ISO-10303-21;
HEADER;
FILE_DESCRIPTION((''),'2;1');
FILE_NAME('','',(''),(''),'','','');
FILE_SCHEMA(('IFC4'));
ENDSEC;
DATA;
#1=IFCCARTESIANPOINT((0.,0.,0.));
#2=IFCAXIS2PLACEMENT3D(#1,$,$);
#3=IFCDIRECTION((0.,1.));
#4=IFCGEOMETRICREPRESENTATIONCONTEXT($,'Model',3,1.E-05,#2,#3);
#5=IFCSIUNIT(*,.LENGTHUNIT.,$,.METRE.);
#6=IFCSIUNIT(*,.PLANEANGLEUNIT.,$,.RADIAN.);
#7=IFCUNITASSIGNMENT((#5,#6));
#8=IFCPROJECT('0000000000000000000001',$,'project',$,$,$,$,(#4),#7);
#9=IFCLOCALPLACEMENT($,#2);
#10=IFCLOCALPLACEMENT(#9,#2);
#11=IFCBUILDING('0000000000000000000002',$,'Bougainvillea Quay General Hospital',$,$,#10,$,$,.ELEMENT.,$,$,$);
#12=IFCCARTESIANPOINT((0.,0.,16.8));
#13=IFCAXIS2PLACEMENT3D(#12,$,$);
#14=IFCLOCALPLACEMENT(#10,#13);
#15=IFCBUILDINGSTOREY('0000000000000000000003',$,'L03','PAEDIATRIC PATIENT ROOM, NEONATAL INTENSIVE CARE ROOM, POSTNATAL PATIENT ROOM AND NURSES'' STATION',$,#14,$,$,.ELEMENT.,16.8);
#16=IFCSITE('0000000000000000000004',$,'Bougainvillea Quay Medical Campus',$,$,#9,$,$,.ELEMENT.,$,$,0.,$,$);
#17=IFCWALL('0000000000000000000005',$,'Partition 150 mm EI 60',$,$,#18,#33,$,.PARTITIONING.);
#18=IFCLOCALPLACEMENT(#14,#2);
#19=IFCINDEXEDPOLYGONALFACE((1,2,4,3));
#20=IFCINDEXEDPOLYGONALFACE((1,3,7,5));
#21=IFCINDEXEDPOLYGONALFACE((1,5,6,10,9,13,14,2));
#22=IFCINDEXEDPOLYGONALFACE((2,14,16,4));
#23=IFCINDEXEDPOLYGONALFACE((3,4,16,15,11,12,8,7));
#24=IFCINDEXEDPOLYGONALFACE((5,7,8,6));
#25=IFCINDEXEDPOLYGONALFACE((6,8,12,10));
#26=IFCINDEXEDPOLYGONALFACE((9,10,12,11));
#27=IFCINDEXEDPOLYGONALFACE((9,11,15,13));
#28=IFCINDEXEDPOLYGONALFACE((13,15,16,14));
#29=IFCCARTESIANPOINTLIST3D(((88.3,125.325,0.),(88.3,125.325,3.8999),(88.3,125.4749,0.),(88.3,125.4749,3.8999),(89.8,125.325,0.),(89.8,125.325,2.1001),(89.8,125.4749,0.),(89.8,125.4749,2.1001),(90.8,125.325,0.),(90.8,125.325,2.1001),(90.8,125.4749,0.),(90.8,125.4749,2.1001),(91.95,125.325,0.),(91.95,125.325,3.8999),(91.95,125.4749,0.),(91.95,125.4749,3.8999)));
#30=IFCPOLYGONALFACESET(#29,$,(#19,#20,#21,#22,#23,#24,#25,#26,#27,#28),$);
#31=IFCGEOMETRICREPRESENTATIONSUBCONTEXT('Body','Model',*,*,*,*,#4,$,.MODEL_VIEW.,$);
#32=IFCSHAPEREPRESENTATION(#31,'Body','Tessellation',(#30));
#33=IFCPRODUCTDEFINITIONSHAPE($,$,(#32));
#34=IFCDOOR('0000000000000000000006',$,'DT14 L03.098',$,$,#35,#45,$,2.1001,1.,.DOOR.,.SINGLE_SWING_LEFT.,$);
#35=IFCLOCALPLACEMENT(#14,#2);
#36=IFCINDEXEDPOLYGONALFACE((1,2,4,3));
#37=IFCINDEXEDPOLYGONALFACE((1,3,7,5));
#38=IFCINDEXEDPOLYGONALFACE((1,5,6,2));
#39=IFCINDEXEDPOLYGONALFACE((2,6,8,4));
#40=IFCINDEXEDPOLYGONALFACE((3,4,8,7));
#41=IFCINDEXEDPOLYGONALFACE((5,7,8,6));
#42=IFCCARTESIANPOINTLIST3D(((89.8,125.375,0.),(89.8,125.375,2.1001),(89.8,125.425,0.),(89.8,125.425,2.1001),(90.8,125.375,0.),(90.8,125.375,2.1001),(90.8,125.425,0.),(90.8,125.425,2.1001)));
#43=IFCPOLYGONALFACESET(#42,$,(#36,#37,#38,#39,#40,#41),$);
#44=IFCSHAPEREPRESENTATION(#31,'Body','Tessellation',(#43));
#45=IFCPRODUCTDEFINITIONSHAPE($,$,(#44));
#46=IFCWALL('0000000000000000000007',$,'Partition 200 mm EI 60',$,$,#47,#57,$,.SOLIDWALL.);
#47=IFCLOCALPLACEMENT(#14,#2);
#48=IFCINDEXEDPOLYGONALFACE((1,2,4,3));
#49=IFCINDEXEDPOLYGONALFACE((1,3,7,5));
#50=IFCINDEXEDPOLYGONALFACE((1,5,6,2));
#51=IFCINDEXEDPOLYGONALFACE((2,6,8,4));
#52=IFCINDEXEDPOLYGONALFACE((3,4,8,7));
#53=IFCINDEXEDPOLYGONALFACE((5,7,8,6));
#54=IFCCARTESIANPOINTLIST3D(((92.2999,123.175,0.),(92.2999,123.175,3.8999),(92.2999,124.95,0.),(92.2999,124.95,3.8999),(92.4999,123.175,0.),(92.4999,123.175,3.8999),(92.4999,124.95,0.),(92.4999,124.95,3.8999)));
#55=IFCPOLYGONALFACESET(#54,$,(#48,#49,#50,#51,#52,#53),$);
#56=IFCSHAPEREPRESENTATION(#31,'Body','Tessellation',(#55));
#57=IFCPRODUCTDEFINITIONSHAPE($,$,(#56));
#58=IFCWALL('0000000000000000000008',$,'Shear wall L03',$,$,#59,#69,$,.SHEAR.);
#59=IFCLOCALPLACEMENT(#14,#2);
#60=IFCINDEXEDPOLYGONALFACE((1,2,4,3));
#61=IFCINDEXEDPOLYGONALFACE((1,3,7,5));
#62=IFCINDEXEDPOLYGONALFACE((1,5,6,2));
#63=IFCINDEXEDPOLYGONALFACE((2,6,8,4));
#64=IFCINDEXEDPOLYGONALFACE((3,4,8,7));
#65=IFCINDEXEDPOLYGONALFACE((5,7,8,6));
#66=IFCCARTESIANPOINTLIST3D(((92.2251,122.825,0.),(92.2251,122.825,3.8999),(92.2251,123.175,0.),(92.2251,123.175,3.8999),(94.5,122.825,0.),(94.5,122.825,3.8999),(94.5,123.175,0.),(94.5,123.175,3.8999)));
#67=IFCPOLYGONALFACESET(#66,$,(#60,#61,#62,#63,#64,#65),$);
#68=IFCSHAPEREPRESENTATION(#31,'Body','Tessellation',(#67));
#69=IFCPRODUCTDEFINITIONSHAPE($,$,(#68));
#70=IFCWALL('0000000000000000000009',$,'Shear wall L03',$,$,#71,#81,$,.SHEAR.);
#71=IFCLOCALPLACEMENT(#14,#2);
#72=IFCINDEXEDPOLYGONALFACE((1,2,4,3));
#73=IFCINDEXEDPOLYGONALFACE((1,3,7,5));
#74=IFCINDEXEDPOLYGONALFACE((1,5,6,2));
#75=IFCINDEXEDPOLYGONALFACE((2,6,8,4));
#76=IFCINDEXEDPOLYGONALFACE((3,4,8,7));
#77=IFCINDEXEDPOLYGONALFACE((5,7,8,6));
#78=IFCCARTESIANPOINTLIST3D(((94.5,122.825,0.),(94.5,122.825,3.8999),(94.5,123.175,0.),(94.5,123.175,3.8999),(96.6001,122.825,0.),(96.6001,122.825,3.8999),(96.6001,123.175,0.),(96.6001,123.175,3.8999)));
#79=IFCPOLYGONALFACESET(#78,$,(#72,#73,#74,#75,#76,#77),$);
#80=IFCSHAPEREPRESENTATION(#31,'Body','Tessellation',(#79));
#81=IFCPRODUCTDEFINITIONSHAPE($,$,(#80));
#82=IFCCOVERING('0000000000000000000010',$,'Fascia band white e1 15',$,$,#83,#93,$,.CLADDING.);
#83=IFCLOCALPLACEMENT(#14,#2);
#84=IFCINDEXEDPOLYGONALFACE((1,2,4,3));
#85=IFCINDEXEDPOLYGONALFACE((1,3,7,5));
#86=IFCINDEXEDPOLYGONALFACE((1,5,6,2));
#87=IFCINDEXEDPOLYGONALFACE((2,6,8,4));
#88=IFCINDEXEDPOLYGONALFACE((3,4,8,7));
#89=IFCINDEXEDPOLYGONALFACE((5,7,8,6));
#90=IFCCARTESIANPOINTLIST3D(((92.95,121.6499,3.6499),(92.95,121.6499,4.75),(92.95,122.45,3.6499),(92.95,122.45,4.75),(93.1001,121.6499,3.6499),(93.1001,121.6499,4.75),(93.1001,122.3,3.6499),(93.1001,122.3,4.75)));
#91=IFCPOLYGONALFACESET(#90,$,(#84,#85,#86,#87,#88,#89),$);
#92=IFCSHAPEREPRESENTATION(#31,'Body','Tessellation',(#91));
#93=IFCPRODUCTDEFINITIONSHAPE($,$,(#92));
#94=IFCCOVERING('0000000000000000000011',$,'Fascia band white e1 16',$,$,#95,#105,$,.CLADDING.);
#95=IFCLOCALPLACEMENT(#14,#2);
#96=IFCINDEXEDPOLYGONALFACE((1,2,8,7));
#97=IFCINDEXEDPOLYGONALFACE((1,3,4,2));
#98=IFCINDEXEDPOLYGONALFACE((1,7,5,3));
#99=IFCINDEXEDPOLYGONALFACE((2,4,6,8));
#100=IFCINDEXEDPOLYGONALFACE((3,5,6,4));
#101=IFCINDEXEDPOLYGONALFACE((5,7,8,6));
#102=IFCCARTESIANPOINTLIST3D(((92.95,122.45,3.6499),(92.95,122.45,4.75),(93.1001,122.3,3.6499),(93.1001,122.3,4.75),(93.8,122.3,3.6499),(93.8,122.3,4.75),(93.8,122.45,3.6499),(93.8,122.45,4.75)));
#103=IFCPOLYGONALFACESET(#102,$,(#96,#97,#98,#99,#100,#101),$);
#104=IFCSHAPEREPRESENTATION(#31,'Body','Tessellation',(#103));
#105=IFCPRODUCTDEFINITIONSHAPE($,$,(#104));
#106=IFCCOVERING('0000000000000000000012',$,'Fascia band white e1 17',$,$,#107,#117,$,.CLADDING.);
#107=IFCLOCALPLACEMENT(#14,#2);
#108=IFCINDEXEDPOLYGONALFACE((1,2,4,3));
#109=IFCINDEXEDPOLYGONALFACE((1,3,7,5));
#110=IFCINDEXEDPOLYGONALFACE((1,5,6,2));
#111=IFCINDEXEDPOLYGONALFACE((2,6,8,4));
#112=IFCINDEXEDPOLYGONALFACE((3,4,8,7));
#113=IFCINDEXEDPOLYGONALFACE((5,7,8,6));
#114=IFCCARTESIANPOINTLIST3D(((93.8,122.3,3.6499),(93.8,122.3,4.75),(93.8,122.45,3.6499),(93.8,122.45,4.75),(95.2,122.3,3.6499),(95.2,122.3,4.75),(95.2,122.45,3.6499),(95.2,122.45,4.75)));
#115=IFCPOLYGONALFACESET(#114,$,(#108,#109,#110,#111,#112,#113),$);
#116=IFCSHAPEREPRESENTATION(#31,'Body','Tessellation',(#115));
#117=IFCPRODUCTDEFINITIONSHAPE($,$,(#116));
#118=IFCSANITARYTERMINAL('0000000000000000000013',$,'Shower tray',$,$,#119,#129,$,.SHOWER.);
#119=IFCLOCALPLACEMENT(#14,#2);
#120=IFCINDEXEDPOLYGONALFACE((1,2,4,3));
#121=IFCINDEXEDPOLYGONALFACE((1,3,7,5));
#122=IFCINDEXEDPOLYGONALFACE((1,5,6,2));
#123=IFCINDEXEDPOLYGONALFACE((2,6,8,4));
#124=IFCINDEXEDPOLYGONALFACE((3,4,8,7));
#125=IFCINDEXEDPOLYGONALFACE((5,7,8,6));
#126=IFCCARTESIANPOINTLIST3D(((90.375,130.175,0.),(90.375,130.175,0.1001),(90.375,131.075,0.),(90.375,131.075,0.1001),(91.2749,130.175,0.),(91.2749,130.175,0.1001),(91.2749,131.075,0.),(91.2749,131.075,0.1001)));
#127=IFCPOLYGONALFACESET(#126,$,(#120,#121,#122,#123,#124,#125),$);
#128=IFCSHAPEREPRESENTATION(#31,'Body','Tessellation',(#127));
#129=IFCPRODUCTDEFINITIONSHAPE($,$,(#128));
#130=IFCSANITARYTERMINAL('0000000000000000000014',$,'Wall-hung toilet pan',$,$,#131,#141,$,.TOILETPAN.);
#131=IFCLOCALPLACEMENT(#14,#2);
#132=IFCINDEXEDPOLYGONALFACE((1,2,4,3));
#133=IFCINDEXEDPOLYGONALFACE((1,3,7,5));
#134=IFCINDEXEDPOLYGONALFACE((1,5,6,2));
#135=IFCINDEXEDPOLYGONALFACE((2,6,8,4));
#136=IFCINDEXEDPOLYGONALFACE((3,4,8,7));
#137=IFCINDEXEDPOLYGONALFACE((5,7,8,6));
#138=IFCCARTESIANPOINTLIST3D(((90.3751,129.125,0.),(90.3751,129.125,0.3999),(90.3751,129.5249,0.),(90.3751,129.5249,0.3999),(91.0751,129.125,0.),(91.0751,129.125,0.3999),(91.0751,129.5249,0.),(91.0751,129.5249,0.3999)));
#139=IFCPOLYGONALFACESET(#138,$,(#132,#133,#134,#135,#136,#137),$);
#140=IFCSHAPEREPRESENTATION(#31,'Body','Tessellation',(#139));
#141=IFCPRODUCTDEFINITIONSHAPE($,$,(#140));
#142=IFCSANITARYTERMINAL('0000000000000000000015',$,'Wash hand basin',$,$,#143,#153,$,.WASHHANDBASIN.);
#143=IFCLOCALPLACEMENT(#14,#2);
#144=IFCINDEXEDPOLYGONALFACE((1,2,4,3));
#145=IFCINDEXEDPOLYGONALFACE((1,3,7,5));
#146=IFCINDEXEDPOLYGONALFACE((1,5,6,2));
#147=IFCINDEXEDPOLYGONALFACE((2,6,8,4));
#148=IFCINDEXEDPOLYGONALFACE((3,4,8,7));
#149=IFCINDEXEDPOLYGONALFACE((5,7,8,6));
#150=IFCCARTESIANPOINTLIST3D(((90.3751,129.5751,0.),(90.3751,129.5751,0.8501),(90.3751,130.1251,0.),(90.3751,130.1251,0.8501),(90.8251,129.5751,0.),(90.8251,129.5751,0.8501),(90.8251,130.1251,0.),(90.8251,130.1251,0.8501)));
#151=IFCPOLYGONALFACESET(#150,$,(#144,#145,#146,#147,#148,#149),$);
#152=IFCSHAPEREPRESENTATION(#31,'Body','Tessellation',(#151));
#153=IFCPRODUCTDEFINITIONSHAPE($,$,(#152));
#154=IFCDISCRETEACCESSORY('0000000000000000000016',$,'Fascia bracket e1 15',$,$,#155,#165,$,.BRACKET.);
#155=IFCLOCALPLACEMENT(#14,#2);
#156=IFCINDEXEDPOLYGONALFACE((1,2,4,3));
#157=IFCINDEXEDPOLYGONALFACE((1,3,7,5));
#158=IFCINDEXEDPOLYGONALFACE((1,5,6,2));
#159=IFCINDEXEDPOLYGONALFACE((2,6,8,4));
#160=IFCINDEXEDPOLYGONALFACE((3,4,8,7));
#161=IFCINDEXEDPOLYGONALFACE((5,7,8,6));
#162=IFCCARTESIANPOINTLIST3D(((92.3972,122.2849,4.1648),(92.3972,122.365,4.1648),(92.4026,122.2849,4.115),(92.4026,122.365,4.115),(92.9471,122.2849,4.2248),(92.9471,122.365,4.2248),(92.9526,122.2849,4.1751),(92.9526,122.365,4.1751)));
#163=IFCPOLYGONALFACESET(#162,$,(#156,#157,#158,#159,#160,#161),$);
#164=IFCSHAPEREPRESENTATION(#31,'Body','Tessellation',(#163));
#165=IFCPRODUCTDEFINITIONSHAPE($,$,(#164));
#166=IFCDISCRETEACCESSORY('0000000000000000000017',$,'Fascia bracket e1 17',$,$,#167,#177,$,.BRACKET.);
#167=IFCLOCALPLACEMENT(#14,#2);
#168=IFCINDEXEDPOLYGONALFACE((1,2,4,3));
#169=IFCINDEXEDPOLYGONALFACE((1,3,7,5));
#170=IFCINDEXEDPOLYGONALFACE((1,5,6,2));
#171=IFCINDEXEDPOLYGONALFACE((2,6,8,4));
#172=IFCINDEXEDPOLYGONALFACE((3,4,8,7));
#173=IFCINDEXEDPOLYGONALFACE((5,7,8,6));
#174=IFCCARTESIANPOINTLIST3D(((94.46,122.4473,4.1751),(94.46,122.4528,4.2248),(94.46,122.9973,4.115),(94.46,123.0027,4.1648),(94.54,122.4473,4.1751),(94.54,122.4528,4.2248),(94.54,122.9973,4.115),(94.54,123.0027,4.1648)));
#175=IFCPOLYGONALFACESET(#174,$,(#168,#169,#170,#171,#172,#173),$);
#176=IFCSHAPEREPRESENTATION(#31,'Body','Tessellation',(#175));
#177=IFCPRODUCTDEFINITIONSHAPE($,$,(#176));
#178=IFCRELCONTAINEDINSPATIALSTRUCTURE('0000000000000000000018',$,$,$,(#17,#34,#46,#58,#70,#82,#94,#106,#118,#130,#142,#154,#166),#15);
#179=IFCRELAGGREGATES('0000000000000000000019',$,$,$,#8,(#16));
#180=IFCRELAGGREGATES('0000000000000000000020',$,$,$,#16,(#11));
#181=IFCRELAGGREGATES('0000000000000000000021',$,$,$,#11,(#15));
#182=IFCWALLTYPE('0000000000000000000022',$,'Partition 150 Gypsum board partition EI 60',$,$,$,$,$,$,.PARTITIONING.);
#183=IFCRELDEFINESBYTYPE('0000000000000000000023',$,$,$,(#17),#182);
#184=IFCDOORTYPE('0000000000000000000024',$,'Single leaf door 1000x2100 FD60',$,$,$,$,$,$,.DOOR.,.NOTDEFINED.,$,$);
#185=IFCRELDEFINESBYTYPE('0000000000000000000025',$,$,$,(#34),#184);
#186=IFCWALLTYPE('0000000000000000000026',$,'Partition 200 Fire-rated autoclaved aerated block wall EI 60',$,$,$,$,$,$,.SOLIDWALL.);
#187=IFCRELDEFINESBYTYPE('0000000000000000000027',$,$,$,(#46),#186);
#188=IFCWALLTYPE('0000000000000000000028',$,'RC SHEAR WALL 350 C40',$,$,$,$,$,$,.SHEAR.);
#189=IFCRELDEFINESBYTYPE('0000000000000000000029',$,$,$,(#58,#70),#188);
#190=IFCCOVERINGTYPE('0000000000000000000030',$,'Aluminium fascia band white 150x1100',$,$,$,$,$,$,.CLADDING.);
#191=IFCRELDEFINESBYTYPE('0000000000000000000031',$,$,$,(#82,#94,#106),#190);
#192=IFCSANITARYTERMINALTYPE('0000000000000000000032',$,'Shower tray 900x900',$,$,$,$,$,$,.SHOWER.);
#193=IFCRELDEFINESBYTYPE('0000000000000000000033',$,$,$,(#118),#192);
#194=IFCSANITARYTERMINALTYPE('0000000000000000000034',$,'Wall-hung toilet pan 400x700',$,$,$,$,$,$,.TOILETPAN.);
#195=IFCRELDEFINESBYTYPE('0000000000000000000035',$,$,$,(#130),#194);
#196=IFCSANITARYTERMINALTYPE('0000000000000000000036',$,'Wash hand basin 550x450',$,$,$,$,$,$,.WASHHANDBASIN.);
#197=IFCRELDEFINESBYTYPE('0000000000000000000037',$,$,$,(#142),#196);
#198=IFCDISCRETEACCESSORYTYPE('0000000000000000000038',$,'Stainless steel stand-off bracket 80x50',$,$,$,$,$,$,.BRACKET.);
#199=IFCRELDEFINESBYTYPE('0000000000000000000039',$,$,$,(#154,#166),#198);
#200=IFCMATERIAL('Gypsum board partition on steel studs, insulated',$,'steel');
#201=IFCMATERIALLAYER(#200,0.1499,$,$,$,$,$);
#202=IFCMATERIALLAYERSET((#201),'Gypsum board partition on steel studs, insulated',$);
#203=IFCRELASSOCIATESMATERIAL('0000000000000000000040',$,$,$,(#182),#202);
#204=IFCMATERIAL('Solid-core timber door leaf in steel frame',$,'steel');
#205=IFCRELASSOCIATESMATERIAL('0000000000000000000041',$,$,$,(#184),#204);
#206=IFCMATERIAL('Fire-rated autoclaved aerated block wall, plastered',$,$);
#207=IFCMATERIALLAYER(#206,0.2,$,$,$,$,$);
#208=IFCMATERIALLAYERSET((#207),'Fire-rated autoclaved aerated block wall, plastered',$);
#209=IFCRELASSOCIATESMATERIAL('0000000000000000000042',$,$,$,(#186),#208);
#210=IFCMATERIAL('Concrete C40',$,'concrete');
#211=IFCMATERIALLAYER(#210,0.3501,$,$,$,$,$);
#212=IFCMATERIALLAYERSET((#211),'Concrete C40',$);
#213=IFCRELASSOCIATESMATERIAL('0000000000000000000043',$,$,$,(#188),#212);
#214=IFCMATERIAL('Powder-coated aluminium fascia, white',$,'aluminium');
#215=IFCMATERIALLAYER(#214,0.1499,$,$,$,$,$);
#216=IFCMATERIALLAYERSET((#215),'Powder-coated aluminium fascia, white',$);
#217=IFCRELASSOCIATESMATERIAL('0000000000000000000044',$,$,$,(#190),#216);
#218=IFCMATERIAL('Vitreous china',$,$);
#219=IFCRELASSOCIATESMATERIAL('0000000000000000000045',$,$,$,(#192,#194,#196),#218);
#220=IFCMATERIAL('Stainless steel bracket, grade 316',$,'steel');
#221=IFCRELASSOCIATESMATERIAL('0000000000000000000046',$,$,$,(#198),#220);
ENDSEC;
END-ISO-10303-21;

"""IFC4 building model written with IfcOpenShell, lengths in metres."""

from ifc_helpers import new_model, si_unit, direction, frame, frame_2d, origin, origin_2d, place, context, subcontext, project, spatial, polyline, rectangle, outline, extrude, material, layer, layer_set, material_profile, profile_set, type_object, element, fill, save


model = new_model("IFC4")

# Units and contexts
model_context = context("Model", 3, precision=1e-05, world=origin(), true_north=direction((0.0, 1.0)))
body_context = subcontext(model_context, "Body", "Model", "MODEL_VIEW")
ifc_project = project(units=[si_unit("LENGTHUNIT", "METRE"), si_unit("PLANEANGLEUNIT", "RADIAN")], contexts=[model_context])

# Site, building, storey
site_placement = place(None, origin())
site = spatial("IfcSite", under=ifc_project, at=site_placement, Name="Bougainvillea Quay Medical Campus", CompositionType="ELEMENT", RefElevation=0.0)
building_placement = place(site_placement, origin())
building = spatial("IfcBuilding", under=site, at=building_placement, Name="Bougainvillea Quay General Hospital", CompositionType="ELEMENT")
storey_placement = place(building_placement, frame((0.0, 0.0, 16.8)))
storey = spatial("IfcBuildingStorey", under=building, at=storey_placement, Name="L03", Description="PAEDIATRIC PATIENT ROOM, NEONATAL INTENSIVE CARE ROOM, POSTNATAL PATIENT ROOM AND NURSES' STATION", CompositionType="ELEMENT", Elevation=16.8)

# Shared definitions
ifc_material_1 = material(Name="Concrete C40", Category="concrete")

# Shared definitions
ifc_material_2 = material(Name="Gypsum board partition on steel studs, insulated", Category="steel")

# Shared definitions
ifc_material_3 = material(Name="Solid-core timber door leaf in steel frame", Category="steel")

# Wall, opening, door
ifc_layer_1 = layer(ifc_material_2, 0.1499)
ifc_layer_set_1 = layer_set([ifc_layer_1], Name="Gypsum board partition on steel studs, insulated")
wall_type_1 = type_object("IfcWallType", Name="Partition 150 Gypsum board partition EI 60", PredefinedType="PARTITIONING", material=ifc_layer_set_1)
wall_1_placement = place(storey_placement, frame((88.3, 125.3999, 0.0), z_axis=(0.0, 0.0, 1.0), x_axis=(1.0, 0.0, 0.0)))
wall_1 = element("IfcWall", 1, at=wall_1_placement, inside=storey, type_object=wall_type_1, Name="Partition 150 mm EI 60", PredefinedType="PARTITIONING", context=body_context, shape_type="SweptSolid", body=[
    extrude(rectangle(XDim=3.6499, YDim=0.1499, at=frame_2d((1.825, 0.0))), origin(), (0.0, 0.0, 1.0), 3.8999),
])
opening_1_placement = place(wall_1_placement, frame((1.5, 0.0, 0.0)))
opening_1 = element("IfcOpeningElement", 2, at=opening_1_placement, cuts=wall_1, PredefinedType="OPENING", context=body_context, shape_type="SweptSolid", body=[
    extrude(rectangle(XDim=1.0, YDim=2.1001, at=frame_2d((0.5, 1.05))), frame((0.0, 0.085, 0.0), z_axis=(0.0, -1.0, 0.0), x_axis=(1.0, 0.0, 0.0)), (0.0, 0.0, 1.0), 0.1699),
])
door_type_1 = type_object("IfcDoorType", Name="Single leaf door 1000x2100 FD60", OperationType="NOTDEFINED", PredefinedType="DOOR", material=ifc_material_3)
door_1_placement = place(opening_1_placement, frame((1.0, 0.0, 0.0), z_axis=(0.0, 0.0, 1.0), x_axis=(-1.0, 0.0, 0.0)))
door_1 = element("IfcDoor", 3, at=door_1_placement, inside=storey, type_object=door_type_1, Name="DT14 L03.098", OperationType="SINGLE_SWING_LEFT", OverallHeight=2.1001, OverallWidth=1.0, PredefinedType="DOOR", context=body_context, shape_type="SweptSolid", body=[
    extrude(rectangle(XDim=1.0, YDim=2.1001, at=frame_2d((0.5, 1.05))), frame((0.0, 0.0249, 0.0), z_axis=(0.0, -1.0, 0.0), x_axis=(1.0, 0.0, 0.0)), (0.0, 0.0, 1.0), 0.05),
])
fill(opening_1, door_1)

# Walls
ifc_material_4 = material(Name="Fire-rated autoclaved aerated block wall, plastered")
ifc_layer_2 = layer(ifc_material_4, 0.2)
ifc_layer_set_2 = layer_set([ifc_layer_2], Name="Fire-rated autoclaved aerated block wall, plastered")
wall_type_2 = type_object("IfcWallType", Name="Partition 200 Fire-rated autoclaved aerated block wall EI 60", PredefinedType="SOLIDWALL", material=ifc_layer_set_2)
wall_2_placement = place(storey_placement, frame((92.3999, 123.175, 0.0), z_axis=(0.0, 0.0, 1.0), x_axis=(0.0, 1.0, 0.0)))
element("IfcWall", 4, at=wall_2_placement, inside=storey, type_object=wall_type_2, Name="Partition 200 mm EI 60", PredefinedType="SOLIDWALL", context=body_context, shape_type="SweptSolid", body=[
    extrude(rectangle(XDim=1.7749, YDim=0.2, at=frame_2d((0.8875, 0.0))), origin(), (0.0, 0.0, 1.0), 3.8999),
])
ifc_layer_3 = layer(ifc_material_1, 0.3501)
ifc_layer_set_3 = layer_set([ifc_layer_3], Name="Concrete C40")
wall_type_3 = type_object("IfcWallType", Name="RC SHEAR WALL 350 C40", PredefinedType="SHEAR", material=ifc_layer_set_3)
wall_3_placement = place(storey_placement, frame((92.2251, 123.0, 0.0), z_axis=(0.0, 0.0, 1.0), x_axis=(1.0, 0.0, 0.0)))
element("IfcWall", 5, at=wall_3_placement, inside=storey, type_object=wall_type_3, Name="Shear wall L03", PredefinedType="SHEAR", context=body_context, shape_type="SweptSolid", body=[
    extrude(rectangle(XDim=2.2749, YDim=0.3501, at=frame_2d((1.1375, 0.0))), origin(), (0.0, 0.0, 1.0), 3.8999),
])
wall_4_placement = place(storey_placement, frame((94.5, 123.0, 0.0), z_axis=(0.0, 0.0, 1.0), x_axis=(1.0, 0.0, 0.0)))
element("IfcWall", 6, at=wall_4_placement, inside=storey, type_object=wall_type_3, Name="Shear wall L03", PredefinedType="SHEAR", context=body_context, shape_type="SweptSolid", body=[
    extrude(rectangle(XDim=2.1001, YDim=0.3501, at=frame_2d((1.05, 0.0))), origin(), (0.0, 0.0, 1.0), 3.8999),
])

# Coverings
ifc_material_5 = material(Name="Powder-coated aluminium fascia, white", Category="aluminium")
ifc_layer_4 = layer(ifc_material_5, 0.1499)
ifc_layer_set_4 = layer_set([ifc_layer_4], Name="Powder-coated aluminium fascia, white")
covering_type = type_object("IfcCoveringType", Name="Aluminium fascia band white 150x1100", PredefinedType="CLADDING", material=ifc_layer_set_4)
covering_1_placement = place(storey_placement, frame((92.95, 121.6499, 3.6499), z_axis=(0.0, 0.0, 1.0), x_axis=(0.0, 1.0, 0.0)))
element("IfcCovering", 7, at=covering_1_placement, inside=storey, type_object=covering_type, Name="Fascia band white e1 15", PredefinedType="CLADDING", context=body_context, shape_type="SweptSolid", body=[
    extrude(outline(polyline([(0.0, 0.0), (0.8, 0.0), (0.6501, -0.1501), (0.0, -0.1501), (0.0, 0.0)])), origin(), (0.0, 0.0, 1.0), 1.1001),
])
covering_2_placement = place(storey_placement, frame((92.95, 122.45, 3.6499), z_axis=(0.0, 0.0, 1.0), x_axis=(1.0, 0.0, 0.0)))
element("IfcCovering", 8, at=covering_2_placement, inside=storey, type_object=covering_type, Name="Fascia band white e1 16", PredefinedType="CLADDING", context=body_context, shape_type="SweptSolid", body=[
    extrude(outline(polyline([(0.0, 0.0), (0.8501, 0.0), (0.8501, -0.1499), (0.1501, -0.1499), (0.0, 0.0)])), origin(), (0.0, 0.0, 1.0), 1.1001),
])
covering_3_placement = place(storey_placement, frame((93.8, 122.45, 3.6499), z_axis=(0.0, 0.0, 1.0), x_axis=(1.0, 0.0, 0.0)))
element("IfcCovering", 9, at=covering_3_placement, inside=storey, type_object=covering_type, Name="Fascia band white e1 17", PredefinedType="CLADDING", context=body_context, shape_type="SweptSolid", body=[
    extrude(outline(polyline([(0.0, 0.0), (1.3999, 0.0), (1.3999, -0.1499), (0.0, -0.1499), (0.0, 0.0)])), origin(), (0.0, 0.0, 1.0), 1.1001),
])

# Sanitary terminals
ifc_material_6 = material(Name="Vitreous china")
sanitary_terminal_type_1 = type_object("IfcSanitaryTerminalType", Name="Shower tray 900x900", PredefinedType="SHOWER", material=ifc_material_6)
sanitary_terminal_1_placement = place(storey_placement, frame((90.825, 130.625, 0.0), z_axis=(0.0, 0.0, 1.0), x_axis=(0.0, 1.0, 0.0)))
element("IfcSanitaryTerminal", 10, at=sanitary_terminal_1_placement, inside=storey, type_object=sanitary_terminal_type_1, Name="Shower tray", PredefinedType="SHOWER", context=body_context, shape_type="SweptSolid", body=[
    extrude(rectangle(XDim=0.8999, YDim=0.8999, at=origin_2d()), origin(), (0.0, 0.0, 1.0), 0.1001),
])
sanitary_terminal_type_2 = type_object("IfcSanitaryTerminalType", Name="Wall-hung toilet pan 400x700", PredefinedType="TOILETPAN", material=ifc_material_6)
sanitary_terminal_2_placement = place(storey_placement, frame((90.7251, 129.325, 0.0), z_axis=(0.0, 0.0, 1.0), x_axis=(0.0, 1.0, 0.0)))
element("IfcSanitaryTerminal", 11, at=sanitary_terminal_2_placement, inside=storey, type_object=sanitary_terminal_type_2, Name="Wall-hung toilet pan", PredefinedType="TOILETPAN", context=body_context, shape_type="SweptSolid", body=[
    extrude(rectangle(XDim=0.3999, YDim=0.7, at=origin_2d()), origin(), (0.0, 0.0, 1.0), 0.3999),
])
sanitary_terminal_type_3 = type_object("IfcSanitaryTerminalType", Name="Wash hand basin 550x450", PredefinedType="WASHHANDBASIN", material=ifc_material_6)
sanitary_terminal_3_placement = place(storey_placement, frame((90.6001, 129.8501, 0.0), z_axis=(0.0, 0.0, 1.0), x_axis=(0.0, 1.0, 0.0)))
element("IfcSanitaryTerminal", 12, at=sanitary_terminal_3_placement, inside=storey, type_object=sanitary_terminal_type_3, Name="Wash hand basin", PredefinedType="WASHHANDBASIN", context=body_context, shape_type="SweptSolid", body=[
    extrude(rectangle(XDim=0.55, YDim=0.45, at=origin_2d()), origin(), (0.0, 0.0, 1.0), 0.8501),
])

# Discrete accessories
ifc_material_7 = material(Name="Stainless steel bracket, grade 316", Category="steel")
ifc_material_profile_1 = material_profile(ifc_material_7, rectangle(XDim=0.0801, YDim=0.05, at=origin_2d()))
ifc_profile_set_1 = profile_set([ifc_material_profile_1], Name="Stainless steel bracket, grade 316")
discrete_accessory_type = type_object("IfcDiscreteAccessoryType", Name="Stainless steel stand-off bracket 80x50", PredefinedType="BRACKET", material=ifc_profile_set_1)
for number, where, z_axis, x_axis, name in (
    (13, (92.3999, 122.325, 4.1399), (0.994092, 0.0, 0.108543), (0.0, 1.0, 0.0), "Fascia bracket e1 15"),
    (14, (94.5, 123.0, 4.1399), (0.0, -0.994092, 0.108543), (1.0, 0.0, 0.0), "Fascia bracket e1 17"),
):
    element("IfcDiscreteAccessory", number, at=place(storey_placement, frame(where, z_axis=z_axis, x_axis=x_axis)), inside=storey, type_object=discrete_accessory_type, Name=name, PredefinedType="BRACKET", context=body_context, shape_type="SweptSolid", body=[
        extrude(rectangle(XDim=0.0801, YDim=0.05, at=origin_2d()), origin(), (0.0, 0.0, 1.0), 0.5532),
    ])

save(model, "model.ifc")
